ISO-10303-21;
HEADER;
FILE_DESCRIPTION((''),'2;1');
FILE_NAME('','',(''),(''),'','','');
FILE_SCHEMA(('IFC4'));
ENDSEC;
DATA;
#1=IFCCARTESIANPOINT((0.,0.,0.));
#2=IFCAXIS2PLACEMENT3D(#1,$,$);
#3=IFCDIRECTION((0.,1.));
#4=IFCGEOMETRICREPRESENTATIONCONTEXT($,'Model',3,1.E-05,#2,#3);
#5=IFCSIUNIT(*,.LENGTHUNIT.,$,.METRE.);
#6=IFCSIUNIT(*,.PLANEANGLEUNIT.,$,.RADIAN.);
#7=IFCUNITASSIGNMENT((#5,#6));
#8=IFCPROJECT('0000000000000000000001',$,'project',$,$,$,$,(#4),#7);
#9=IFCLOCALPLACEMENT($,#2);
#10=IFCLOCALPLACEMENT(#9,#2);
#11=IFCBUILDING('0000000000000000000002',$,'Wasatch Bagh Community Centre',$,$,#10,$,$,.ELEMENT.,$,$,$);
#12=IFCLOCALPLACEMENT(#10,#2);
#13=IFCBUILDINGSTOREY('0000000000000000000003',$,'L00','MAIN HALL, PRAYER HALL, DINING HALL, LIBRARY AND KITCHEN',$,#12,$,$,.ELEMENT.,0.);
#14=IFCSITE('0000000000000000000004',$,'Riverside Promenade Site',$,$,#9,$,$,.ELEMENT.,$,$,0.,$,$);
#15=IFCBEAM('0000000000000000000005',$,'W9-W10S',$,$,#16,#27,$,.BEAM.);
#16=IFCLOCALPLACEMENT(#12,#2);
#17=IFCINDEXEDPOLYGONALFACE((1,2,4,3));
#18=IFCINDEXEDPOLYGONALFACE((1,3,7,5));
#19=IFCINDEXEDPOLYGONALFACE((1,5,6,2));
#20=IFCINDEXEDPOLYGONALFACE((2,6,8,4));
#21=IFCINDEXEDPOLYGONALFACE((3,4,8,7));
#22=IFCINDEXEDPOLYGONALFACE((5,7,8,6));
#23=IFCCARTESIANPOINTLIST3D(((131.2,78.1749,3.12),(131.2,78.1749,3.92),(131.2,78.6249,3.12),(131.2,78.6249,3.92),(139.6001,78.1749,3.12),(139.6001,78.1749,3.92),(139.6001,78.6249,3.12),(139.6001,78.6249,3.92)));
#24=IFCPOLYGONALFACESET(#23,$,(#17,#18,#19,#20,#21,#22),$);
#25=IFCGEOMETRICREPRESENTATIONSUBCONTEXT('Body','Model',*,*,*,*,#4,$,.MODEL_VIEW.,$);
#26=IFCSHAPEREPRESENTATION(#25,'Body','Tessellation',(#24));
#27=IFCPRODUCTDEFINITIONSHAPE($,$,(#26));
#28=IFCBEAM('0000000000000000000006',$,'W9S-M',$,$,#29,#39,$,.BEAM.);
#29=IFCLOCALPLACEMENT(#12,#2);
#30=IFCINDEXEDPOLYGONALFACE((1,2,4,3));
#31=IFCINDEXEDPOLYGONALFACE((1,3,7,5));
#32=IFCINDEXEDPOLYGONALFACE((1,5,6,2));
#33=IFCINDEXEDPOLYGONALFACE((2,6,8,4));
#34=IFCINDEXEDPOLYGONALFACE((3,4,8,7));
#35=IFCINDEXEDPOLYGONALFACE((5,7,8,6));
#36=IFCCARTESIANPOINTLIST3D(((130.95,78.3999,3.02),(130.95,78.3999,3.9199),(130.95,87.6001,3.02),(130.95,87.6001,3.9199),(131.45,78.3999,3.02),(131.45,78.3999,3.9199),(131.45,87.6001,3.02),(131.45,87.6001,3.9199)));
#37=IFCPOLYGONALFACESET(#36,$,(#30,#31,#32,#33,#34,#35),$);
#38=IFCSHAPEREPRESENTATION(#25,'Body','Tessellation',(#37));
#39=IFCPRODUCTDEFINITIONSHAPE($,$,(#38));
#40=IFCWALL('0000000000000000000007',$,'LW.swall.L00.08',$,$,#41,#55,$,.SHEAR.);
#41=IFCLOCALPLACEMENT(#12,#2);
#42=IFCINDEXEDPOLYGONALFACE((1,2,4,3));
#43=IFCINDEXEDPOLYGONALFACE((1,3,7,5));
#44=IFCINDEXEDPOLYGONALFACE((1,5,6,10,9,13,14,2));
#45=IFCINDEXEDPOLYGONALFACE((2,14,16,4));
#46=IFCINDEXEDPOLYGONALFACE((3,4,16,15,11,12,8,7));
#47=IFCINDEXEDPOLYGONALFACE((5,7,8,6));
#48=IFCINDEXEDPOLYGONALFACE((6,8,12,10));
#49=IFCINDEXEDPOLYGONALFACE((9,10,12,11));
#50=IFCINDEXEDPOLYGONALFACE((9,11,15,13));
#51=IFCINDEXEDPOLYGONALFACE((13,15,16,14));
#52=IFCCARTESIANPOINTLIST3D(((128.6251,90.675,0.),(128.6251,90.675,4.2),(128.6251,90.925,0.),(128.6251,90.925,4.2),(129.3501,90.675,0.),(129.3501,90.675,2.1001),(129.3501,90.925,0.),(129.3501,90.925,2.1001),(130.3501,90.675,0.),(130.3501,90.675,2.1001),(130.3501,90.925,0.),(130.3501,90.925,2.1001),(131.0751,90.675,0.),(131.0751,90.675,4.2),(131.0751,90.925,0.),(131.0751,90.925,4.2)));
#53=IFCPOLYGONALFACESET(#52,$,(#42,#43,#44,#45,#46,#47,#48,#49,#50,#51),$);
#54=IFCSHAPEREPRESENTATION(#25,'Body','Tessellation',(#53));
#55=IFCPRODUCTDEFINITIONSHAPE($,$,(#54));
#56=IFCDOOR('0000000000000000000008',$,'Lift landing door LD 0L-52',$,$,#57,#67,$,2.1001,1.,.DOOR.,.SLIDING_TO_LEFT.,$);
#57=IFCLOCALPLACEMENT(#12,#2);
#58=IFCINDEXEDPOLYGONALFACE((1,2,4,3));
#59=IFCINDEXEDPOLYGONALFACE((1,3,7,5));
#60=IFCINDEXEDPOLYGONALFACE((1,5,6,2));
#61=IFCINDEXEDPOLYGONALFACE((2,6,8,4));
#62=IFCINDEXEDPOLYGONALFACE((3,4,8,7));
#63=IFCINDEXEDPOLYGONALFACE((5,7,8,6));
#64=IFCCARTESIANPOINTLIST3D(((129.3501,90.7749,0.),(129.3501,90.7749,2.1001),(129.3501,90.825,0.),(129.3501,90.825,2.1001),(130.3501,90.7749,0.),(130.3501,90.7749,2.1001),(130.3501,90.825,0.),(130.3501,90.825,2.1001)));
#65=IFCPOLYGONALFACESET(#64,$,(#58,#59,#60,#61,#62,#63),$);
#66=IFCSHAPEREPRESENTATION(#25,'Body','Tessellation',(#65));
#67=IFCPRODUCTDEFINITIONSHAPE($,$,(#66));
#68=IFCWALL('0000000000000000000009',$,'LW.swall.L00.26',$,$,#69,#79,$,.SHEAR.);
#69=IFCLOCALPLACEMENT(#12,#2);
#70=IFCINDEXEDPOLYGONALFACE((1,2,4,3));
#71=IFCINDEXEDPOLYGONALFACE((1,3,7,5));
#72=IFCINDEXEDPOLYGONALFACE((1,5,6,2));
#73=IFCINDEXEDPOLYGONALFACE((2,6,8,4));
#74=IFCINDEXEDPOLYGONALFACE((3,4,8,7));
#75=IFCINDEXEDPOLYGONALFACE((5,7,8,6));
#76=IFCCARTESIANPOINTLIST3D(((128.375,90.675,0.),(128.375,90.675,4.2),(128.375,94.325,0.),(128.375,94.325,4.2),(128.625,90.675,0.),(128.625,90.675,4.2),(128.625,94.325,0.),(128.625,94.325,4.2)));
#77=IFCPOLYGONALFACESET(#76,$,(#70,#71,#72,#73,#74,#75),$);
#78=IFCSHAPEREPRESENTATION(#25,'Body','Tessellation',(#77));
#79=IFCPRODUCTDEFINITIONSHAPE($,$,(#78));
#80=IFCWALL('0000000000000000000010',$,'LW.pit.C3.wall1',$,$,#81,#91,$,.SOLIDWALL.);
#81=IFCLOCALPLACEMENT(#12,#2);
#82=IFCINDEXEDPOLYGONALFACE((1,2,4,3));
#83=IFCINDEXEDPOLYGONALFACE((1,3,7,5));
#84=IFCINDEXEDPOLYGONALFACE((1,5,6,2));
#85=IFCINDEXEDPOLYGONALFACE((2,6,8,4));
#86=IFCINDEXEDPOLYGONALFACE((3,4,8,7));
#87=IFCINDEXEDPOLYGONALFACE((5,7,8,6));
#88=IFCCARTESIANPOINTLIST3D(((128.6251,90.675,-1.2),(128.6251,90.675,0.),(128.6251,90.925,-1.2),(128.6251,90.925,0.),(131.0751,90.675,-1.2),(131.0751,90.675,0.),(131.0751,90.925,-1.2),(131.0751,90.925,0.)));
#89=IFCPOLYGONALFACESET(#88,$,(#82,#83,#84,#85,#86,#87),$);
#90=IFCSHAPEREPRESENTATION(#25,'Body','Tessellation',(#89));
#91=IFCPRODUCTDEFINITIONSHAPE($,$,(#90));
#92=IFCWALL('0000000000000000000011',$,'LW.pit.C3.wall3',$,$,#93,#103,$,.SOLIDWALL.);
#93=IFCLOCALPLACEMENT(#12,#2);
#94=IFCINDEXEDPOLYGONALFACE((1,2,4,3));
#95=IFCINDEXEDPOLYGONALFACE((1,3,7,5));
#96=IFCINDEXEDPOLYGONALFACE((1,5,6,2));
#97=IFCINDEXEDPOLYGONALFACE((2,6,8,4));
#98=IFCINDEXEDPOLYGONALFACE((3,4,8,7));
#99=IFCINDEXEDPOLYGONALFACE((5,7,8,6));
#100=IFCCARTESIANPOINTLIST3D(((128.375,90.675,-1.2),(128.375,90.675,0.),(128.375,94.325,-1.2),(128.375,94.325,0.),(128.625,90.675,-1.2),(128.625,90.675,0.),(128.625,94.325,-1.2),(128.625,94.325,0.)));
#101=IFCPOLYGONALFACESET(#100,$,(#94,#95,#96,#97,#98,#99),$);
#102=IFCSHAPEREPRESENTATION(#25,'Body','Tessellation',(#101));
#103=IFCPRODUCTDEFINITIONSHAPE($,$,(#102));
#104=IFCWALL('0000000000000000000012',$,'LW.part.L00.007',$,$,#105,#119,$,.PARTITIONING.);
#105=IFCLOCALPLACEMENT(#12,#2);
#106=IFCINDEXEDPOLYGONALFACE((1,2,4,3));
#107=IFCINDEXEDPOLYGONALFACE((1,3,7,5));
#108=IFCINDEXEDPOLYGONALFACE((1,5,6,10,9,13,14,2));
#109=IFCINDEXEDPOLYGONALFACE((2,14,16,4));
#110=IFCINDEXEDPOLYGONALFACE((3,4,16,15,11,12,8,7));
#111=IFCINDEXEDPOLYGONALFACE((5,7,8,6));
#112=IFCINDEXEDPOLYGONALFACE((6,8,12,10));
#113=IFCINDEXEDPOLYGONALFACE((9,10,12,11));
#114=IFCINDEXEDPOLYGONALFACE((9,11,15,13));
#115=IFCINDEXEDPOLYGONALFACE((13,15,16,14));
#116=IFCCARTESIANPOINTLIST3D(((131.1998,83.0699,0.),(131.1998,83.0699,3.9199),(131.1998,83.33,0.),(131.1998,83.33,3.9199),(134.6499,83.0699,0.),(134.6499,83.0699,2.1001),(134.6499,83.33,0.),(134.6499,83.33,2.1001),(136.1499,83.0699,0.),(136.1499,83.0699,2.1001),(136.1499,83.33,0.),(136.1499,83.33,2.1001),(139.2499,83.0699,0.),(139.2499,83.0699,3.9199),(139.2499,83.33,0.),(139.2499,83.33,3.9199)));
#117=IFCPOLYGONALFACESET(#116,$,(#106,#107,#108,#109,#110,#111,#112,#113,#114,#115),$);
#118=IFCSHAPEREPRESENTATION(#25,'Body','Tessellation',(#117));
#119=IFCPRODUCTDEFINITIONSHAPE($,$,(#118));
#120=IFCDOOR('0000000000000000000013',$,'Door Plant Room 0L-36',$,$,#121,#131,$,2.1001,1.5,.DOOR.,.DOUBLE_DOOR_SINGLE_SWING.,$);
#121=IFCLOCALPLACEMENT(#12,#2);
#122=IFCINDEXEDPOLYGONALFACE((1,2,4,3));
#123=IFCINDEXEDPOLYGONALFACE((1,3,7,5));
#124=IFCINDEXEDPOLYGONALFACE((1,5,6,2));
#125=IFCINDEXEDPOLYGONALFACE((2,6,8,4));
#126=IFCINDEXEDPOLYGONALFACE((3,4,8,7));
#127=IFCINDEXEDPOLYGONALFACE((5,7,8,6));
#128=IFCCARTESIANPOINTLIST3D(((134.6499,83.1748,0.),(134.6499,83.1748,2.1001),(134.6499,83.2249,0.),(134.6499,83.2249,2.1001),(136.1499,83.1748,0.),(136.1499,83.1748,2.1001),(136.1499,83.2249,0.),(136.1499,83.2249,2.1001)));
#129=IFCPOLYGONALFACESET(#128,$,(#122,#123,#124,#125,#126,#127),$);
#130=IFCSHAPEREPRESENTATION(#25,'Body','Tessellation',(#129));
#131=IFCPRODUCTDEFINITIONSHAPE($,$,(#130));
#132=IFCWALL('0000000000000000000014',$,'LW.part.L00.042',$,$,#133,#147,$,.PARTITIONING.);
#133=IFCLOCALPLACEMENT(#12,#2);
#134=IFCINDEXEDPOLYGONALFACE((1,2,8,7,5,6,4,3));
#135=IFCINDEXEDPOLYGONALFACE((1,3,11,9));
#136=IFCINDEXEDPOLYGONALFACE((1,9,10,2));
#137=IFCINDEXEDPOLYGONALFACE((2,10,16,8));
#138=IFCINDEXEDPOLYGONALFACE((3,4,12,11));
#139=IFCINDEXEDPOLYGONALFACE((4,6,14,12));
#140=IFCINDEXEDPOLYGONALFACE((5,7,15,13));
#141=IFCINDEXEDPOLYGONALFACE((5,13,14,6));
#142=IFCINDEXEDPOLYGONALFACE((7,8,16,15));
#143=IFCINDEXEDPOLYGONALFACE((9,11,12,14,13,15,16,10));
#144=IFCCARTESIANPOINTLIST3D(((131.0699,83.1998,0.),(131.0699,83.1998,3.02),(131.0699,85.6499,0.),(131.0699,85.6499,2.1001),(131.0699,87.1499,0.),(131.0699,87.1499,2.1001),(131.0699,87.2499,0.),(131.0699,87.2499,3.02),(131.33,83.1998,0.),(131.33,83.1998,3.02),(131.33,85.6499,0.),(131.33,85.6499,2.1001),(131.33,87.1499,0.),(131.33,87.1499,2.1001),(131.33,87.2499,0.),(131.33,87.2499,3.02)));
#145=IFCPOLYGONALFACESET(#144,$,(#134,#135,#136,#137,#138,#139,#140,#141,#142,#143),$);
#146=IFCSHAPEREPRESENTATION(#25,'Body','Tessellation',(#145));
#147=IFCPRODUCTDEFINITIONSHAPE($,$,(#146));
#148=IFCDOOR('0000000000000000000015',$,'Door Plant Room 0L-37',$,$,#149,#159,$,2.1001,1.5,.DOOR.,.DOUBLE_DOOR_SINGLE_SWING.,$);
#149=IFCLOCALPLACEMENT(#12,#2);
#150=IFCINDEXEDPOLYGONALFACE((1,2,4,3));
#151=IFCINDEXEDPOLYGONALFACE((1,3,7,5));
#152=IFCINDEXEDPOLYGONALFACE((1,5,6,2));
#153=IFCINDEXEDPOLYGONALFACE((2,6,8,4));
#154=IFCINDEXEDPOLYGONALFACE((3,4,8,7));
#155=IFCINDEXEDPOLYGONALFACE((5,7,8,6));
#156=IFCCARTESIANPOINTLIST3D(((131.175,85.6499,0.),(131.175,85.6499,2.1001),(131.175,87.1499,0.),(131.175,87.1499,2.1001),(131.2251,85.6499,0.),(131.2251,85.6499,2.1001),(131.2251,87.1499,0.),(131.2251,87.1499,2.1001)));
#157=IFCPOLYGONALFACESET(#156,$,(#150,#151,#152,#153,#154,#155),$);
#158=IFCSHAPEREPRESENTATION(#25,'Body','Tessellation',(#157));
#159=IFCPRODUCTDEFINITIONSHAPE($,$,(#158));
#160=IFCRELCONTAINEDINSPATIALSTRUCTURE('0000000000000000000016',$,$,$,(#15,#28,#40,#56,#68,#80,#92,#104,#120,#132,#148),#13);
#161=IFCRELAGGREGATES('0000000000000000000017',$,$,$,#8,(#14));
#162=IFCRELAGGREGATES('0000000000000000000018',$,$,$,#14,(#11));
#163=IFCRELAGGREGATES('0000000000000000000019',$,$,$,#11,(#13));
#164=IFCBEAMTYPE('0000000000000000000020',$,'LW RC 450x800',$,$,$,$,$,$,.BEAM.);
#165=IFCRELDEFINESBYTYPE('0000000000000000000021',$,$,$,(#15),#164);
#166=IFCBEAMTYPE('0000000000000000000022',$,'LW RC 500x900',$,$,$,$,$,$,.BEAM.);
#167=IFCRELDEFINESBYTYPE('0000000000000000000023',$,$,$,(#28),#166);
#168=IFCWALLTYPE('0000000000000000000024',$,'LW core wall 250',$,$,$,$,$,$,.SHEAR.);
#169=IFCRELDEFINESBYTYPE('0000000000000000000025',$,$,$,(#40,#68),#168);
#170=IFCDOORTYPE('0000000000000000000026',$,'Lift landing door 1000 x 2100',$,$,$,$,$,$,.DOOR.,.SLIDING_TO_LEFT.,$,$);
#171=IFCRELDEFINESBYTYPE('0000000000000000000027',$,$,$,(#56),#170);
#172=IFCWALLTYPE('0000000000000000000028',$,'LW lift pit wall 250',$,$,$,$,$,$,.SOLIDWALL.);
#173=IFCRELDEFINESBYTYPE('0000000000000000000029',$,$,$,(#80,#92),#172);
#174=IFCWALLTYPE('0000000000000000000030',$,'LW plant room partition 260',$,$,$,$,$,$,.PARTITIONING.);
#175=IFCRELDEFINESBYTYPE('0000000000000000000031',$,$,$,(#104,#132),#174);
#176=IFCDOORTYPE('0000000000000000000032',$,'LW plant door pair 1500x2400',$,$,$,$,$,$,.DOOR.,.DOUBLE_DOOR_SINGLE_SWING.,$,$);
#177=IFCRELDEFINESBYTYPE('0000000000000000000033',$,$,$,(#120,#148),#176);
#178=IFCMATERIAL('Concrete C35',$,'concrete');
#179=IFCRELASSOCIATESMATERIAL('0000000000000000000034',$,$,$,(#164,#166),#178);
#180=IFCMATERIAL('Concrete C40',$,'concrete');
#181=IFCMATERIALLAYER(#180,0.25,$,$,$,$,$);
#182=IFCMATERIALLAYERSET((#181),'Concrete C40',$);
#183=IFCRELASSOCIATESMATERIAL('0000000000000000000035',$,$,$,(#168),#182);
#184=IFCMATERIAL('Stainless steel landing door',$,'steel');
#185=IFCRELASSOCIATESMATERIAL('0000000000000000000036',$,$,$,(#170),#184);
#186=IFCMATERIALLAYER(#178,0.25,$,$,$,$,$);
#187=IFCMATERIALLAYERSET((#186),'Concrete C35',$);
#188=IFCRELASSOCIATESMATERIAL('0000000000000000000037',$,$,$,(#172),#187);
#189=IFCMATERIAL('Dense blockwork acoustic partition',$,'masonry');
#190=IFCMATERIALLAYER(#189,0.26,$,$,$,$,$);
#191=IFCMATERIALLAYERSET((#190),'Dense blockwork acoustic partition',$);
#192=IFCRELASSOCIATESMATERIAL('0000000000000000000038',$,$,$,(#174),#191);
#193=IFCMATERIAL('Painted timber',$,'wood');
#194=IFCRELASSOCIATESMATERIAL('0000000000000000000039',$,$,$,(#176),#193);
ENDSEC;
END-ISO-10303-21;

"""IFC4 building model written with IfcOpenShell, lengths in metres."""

from ifc_helpers import new_model, si_unit, direction, frame, frame_2d, origin, origin_2d, place, context, subcontext, project, spatial, rectangle, extrude, material, layer, layer_set, material_profile, profile_set, type_object, element, fill, save


model = new_model("IFC4")

# Units and contexts
model_context = context("Model", 3, precision=1e-05, world=origin(), true_north=direction((0.0, 1.0)))
body_context = subcontext(model_context, "Body", "Model", "MODEL_VIEW")
ifc_project = project(units=[si_unit("LENGTHUNIT", "METRE"), si_unit("PLANEANGLEUNIT", "RADIAN")], contexts=[model_context])

# Site, building, storey
site_placement = place(None, origin())
site = spatial("IfcSite", under=ifc_project, at=site_placement, Name="Riverside Promenade Site", CompositionType="ELEMENT", RefElevation=0.0)
building_placement = place(site_placement, origin())
building = spatial("IfcBuilding", under=site, at=building_placement, Name="Wasatch Bagh Community Centre", CompositionType="ELEMENT")
storey_placement = place(building_placement, origin())
storey = spatial("IfcBuildingStorey", under=building, at=storey_placement, Name="L00", Description="MAIN HALL, PRAYER HALL, DINING HALL, LIBRARY AND KITCHEN", CompositionType="ELEMENT", Elevation=0.0)

# Shared definitions
ifc_material_1 = material(Name="Concrete C35", Category="concrete")

# Shared definitions
ifc_material_2 = material(Name="Concrete C40", Category="concrete")

# Beams
ifc_material_profile_1 = material_profile(ifc_material_1, rectangle(XDim=0.45, YDim=0.8, at=origin_2d()), Name="RC 450x800")
ifc_profile_set_1 = profile_set([ifc_material_profile_1], Name="Concrete C35")
beam_type_1 = type_object("IfcBeamType", Name="LW RC 450x800", PredefinedType="BEAM", material=ifc_profile_set_1)
beam_1_placement = place(storey_placement, frame((131.2, 78.3999, 3.52), z_axis=(1.0, 0.0, 0.0), x_axis=(0.0, 1.0, 0.0)))
element("IfcBeam", 1, at=beam_1_placement, inside=storey, type_object=beam_type_1, Name="W9-W10S", PredefinedType="BEAM", context=body_context, shape_type="SweptSolid", body=[
    extrude(rectangle(XDim=0.45, YDim=0.8, at=origin_2d()), origin(), (0.0, 0.0, 1.0), 8.4001),
])
ifc_material_profile_2 = material_profile(ifc_material_1, rectangle(XDim=0.5, YDim=0.8999, at=origin_2d()), Name="RC 500x900")
ifc_profile_set_2 = profile_set([ifc_material_profile_2], Name="Concrete C35")
beam_type_2 = type_object("IfcBeamType", Name="LW RC 500x900", PredefinedType="BEAM", material=ifc_profile_set_2)
beam_2_placement = place(storey_placement, frame((131.2, 78.3999, 3.47), z_axis=(0.0, 1.0, 0.0), x_axis=(-1.0, 0.0, 0.0)))
element("IfcBeam", 2, at=beam_2_placement, inside=storey, type_object=beam_type_2, Name="W9S-M", PredefinedType="BEAM", context=body_context, shape_type="SweptSolid", body=[
    extrude(rectangle(XDim=0.5, YDim=0.8999, at=origin_2d()), origin(), (0.0, 0.0, 1.0), 9.2002),
])

# Wall, opening, door
ifc_layer_1 = layer(ifc_material_2, 0.25)
ifc_layer_set_1 = layer_set([ifc_layer_1], Name="Concrete C40")
wall_type_1 = type_object("IfcWallType", Name="LW core wall 250", PredefinedType="SHEAR", material=ifc_layer_set_1)
wall_1_placement = place(storey_placement, frame((128.625, 90.8, 0.0), z_axis=(0.0, 0.0, 1.0), x_axis=(1.0, 0.0, 0.0)))
wall_1 = element("IfcWall", 3, at=wall_1_placement, inside=storey, type_object=wall_type_1, Name="LW.swall.L00.08", PredefinedType="SHEAR", context=body_context, shape_type="SweptSolid", body=[
    extrude(rectangle(XDim=2.45, YDim=0.25, at=frame_2d((1.2251, 0.0))), origin(), (0.0, 0.0, 1.0), 4.2),
])
opening_1_placement = place(wall_1_placement, frame((0.7251, 0.0, 0.0)))
opening_1 = element("IfcOpeningElement", 4, at=opening_1_placement, cuts=wall_1, PredefinedType="OPENING", context=body_context, shape_type="SweptSolid", body=[
    extrude(rectangle(XDim=1.0, YDim=2.1001, at=frame_2d((0.5, 1.05))), frame((0.0, 0.135, 0.0), z_axis=(0.0, -1.0, 0.0), x_axis=(1.0, 0.0, 0.0)), (0.0, 0.0, 1.0), 0.27),
])
ifc_material_3 = material(Name="Stainless steel landing door", Category="steel")
door_type_1 = type_object("IfcDoorType", Name="Lift landing door 1000 x 2100", OperationType="SLIDING_TO_LEFT", PredefinedType="DOOR", material=ifc_material_3)
door_1_placement = place(opening_1_placement, origin())
door_1 = element("IfcDoor", 5, at=door_1_placement, inside=storey, type_object=door_type_1, Name="Lift landing door LD 0L-52", OperationType="SLIDING_TO_LEFT", OverallHeight=2.1001, OverallWidth=1.0, PredefinedType="DOOR", context=body_context, shape_type="SweptSolid", body=[
    extrude(rectangle(XDim=1.0, YDim=2.1001, at=frame_2d((0.5, 1.05))), frame((0.0, 0.0249, 0.0), z_axis=(0.0, -1.0, 0.0), x_axis=(1.0, 0.0, 0.0)), (0.0, 0.0, 1.0), 0.05),
])
fill(opening_1, door_1)

# Walls
wall_2_placement = place(storey_placement, frame((128.5, 90.675, 0.0), z_axis=(0.0, 0.0, 1.0), x_axis=(0.0, 1.0, 0.0)))
element("IfcWall", 6, at=wall_2_placement, inside=storey, type_object=wall_type_1, Name="LW.swall.L00.26", PredefinedType="SHEAR", context=body_context, shape_type="SweptSolid", body=[
    extrude(rectangle(XDim=3.6499, YDim=0.25, at=frame_2d((1.825, 0.0))), origin(), (0.0, 0.0, 1.0), 4.2),
])
ifc_layer_2 = layer(ifc_material_1, 0.25)
ifc_layer_set_2 = layer_set([ifc_layer_2], Name="Concrete C35")
wall_type_2 = type_object("IfcWallType", Name="LW lift pit wall 250", PredefinedType="SOLIDWALL", material=ifc_layer_set_2)
wall_3_placement = place(storey_placement, frame((128.625, 90.8, -1.2), z_axis=(0.0, 0.0, 1.0), x_axis=(1.0, 0.0, 0.0)))
element("IfcWall", 7, at=wall_3_placement, inside=storey, type_object=wall_type_2, Name="LW.pit.C3.wall1", PredefinedType="SOLIDWALL", context=body_context, shape_type="SweptSolid", body=[
    extrude(rectangle(XDim=2.45, YDim=0.25, at=frame_2d((1.2251, 0.0))), origin(), (0.0, 0.0, 1.0), 1.2),
])
wall_4_placement = place(storey_placement, frame((128.5, 90.675, -1.2), z_axis=(0.0, 0.0, 1.0), x_axis=(0.0, 1.0, 0.0)))
element("IfcWall", 8, at=wall_4_placement, inside=storey, type_object=wall_type_2, Name="LW.pit.C3.wall3", PredefinedType="SOLIDWALL", context=body_context, shape_type="SweptSolid", body=[
    extrude(rectangle(XDim=3.6499, YDim=0.25, at=frame_2d((1.825, 0.0))), origin(), (0.0, 0.0, 1.0), 1.2),
])

# Walls, openings, doors
ifc_material_4 = material(Name="Dense blockwork acoustic partition", Category="masonry")
ifc_layer_3 = layer(ifc_material_4, 0.26)
ifc_layer_set_3 = layer_set([ifc_layer_3], Name="Dense blockwork acoustic partition")
wall_type_3 = type_object("IfcWallType", Name="LW plant room partition 260", PredefinedType="PARTITIONING", material=ifc_layer_set_3)
wall_5_placement = place(storey_placement, frame((131.2, 83.2, 0.0), z_axis=(0.0, 0.0, 1.0), x_axis=(1.0, 0.0, 0.0)))
wall_5 = element("IfcWall", 9, at=wall_5_placement, inside=storey, type_object=wall_type_3, Name="LW.part.L00.007", PredefinedType="PARTITIONING", context=body_context, shape_type="SweptSolid", body=[
    extrude(rectangle(XDim=8.05, YDim=0.26, at=frame_2d((4.0249, 0.0))), origin(), (0.0, 0.0, 1.0), 3.9199),
])
opening_2_placement = place(wall_5_placement, frame((3.45, 0.0, 0.0)))
opening_2 = element("IfcOpeningElement", 10, at=opening_2_placement, cuts=wall_5, PredefinedType="OPENING", context=body_context, shape_type="SweptSolid", body=[
    extrude(rectangle(XDim=1.5, YDim=2.1001, at=frame_2d((0.75, 1.05))), frame((0.0, 0.1399, 0.0), z_axis=(0.0, -1.0, 0.0), x_axis=(1.0, 0.0, 0.0)), (0.0, 0.0, 1.0), 0.28),
])
ifc_material_5 = material(Name="Painted timber", Category="wood")
door_type_2 = type_object("IfcDoorType", Name="LW plant door pair 1500x2400", OperationType="DOUBLE_DOOR_SINGLE_SWING", PredefinedType="DOOR", material=ifc_material_5)
door_2_placement = place(opening_2_placement, origin())
door_2 = element("IfcDoor", 11, at=door_2_placement, inside=storey, type_object=door_type_2, Name="Door Plant Room 0L-36", OperationType="DOUBLE_DOOR_SINGLE_SWING", OverallHeight=2.1001, OverallWidth=1.5, PredefinedType="DOOR", context=body_context, shape_type="SweptSolid", body=[
    extrude(rectangle(XDim=1.5, YDim=2.1001, at=frame_2d((0.75, 1.05))), frame((0.0, 0.0249, 0.0), z_axis=(0.0, -1.0, 0.0), x_axis=(1.0, 0.0, 0.0)), (0.0, 0.0, 1.0), 0.05),
])
fill(opening_2, door_2)
wall_6_placement = place(storey_placement, frame((131.2, 83.2, 0.0), z_axis=(0.0, 0.0, 1.0), x_axis=(0.0, 1.0, 0.0)))
wall_6 = element("IfcWall", 12, at=wall_6_placement, inside=storey, type_object=wall_type_3, Name="LW.part.L00.042", PredefinedType="PARTITIONING", context=body_context, shape_type="SweptSolid", body=[
    extrude(rectangle(XDim=4.05, YDim=0.26, at=frame_2d((2.0249, 0.0))), origin(), (0.0, 0.0, 1.0), 3.02),
])
opening_3_placement = place(wall_6_placement, frame((2.45, 0.0, 0.0)))
opening_3 = element("IfcOpeningElement", 13, at=opening_3_placement, cuts=wall_6, PredefinedType="OPENING", context=body_context, shape_type="SweptSolid", body=[
    extrude(rectangle(XDim=1.5, YDim=2.1001, at=frame_2d((0.75, 1.05))), frame((0.0, 0.1399, 0.0), z_axis=(0.0, -1.0, 0.0), x_axis=(1.0, 0.0, 0.0)), (0.0, 0.0, 1.0), 0.28),
])
door_3_placement = place(opening_3_placement, origin())
door_3 = element("IfcDoor", 14, at=door_3_placement, inside=storey, type_object=door_type_2, Name="Door Plant Room 0L-37", OperationType="DOUBLE_DOOR_SINGLE_SWING", OverallHeight=2.1001, OverallWidth=1.5, PredefinedType="DOOR", context=body_context, shape_type="SweptSolid", body=[
    extrude(rectangle(XDim=1.5, YDim=2.1001, at=frame_2d((0.75, 1.05))), frame((0.0, 0.0249, 0.0), z_axis=(0.0, -1.0, 0.0), x_axis=(1.0, 0.0, 0.0)), (0.0, 0.0, 1.0), 0.05),
])
fill(opening_3, door_3)

save(model, "model.ifc")
